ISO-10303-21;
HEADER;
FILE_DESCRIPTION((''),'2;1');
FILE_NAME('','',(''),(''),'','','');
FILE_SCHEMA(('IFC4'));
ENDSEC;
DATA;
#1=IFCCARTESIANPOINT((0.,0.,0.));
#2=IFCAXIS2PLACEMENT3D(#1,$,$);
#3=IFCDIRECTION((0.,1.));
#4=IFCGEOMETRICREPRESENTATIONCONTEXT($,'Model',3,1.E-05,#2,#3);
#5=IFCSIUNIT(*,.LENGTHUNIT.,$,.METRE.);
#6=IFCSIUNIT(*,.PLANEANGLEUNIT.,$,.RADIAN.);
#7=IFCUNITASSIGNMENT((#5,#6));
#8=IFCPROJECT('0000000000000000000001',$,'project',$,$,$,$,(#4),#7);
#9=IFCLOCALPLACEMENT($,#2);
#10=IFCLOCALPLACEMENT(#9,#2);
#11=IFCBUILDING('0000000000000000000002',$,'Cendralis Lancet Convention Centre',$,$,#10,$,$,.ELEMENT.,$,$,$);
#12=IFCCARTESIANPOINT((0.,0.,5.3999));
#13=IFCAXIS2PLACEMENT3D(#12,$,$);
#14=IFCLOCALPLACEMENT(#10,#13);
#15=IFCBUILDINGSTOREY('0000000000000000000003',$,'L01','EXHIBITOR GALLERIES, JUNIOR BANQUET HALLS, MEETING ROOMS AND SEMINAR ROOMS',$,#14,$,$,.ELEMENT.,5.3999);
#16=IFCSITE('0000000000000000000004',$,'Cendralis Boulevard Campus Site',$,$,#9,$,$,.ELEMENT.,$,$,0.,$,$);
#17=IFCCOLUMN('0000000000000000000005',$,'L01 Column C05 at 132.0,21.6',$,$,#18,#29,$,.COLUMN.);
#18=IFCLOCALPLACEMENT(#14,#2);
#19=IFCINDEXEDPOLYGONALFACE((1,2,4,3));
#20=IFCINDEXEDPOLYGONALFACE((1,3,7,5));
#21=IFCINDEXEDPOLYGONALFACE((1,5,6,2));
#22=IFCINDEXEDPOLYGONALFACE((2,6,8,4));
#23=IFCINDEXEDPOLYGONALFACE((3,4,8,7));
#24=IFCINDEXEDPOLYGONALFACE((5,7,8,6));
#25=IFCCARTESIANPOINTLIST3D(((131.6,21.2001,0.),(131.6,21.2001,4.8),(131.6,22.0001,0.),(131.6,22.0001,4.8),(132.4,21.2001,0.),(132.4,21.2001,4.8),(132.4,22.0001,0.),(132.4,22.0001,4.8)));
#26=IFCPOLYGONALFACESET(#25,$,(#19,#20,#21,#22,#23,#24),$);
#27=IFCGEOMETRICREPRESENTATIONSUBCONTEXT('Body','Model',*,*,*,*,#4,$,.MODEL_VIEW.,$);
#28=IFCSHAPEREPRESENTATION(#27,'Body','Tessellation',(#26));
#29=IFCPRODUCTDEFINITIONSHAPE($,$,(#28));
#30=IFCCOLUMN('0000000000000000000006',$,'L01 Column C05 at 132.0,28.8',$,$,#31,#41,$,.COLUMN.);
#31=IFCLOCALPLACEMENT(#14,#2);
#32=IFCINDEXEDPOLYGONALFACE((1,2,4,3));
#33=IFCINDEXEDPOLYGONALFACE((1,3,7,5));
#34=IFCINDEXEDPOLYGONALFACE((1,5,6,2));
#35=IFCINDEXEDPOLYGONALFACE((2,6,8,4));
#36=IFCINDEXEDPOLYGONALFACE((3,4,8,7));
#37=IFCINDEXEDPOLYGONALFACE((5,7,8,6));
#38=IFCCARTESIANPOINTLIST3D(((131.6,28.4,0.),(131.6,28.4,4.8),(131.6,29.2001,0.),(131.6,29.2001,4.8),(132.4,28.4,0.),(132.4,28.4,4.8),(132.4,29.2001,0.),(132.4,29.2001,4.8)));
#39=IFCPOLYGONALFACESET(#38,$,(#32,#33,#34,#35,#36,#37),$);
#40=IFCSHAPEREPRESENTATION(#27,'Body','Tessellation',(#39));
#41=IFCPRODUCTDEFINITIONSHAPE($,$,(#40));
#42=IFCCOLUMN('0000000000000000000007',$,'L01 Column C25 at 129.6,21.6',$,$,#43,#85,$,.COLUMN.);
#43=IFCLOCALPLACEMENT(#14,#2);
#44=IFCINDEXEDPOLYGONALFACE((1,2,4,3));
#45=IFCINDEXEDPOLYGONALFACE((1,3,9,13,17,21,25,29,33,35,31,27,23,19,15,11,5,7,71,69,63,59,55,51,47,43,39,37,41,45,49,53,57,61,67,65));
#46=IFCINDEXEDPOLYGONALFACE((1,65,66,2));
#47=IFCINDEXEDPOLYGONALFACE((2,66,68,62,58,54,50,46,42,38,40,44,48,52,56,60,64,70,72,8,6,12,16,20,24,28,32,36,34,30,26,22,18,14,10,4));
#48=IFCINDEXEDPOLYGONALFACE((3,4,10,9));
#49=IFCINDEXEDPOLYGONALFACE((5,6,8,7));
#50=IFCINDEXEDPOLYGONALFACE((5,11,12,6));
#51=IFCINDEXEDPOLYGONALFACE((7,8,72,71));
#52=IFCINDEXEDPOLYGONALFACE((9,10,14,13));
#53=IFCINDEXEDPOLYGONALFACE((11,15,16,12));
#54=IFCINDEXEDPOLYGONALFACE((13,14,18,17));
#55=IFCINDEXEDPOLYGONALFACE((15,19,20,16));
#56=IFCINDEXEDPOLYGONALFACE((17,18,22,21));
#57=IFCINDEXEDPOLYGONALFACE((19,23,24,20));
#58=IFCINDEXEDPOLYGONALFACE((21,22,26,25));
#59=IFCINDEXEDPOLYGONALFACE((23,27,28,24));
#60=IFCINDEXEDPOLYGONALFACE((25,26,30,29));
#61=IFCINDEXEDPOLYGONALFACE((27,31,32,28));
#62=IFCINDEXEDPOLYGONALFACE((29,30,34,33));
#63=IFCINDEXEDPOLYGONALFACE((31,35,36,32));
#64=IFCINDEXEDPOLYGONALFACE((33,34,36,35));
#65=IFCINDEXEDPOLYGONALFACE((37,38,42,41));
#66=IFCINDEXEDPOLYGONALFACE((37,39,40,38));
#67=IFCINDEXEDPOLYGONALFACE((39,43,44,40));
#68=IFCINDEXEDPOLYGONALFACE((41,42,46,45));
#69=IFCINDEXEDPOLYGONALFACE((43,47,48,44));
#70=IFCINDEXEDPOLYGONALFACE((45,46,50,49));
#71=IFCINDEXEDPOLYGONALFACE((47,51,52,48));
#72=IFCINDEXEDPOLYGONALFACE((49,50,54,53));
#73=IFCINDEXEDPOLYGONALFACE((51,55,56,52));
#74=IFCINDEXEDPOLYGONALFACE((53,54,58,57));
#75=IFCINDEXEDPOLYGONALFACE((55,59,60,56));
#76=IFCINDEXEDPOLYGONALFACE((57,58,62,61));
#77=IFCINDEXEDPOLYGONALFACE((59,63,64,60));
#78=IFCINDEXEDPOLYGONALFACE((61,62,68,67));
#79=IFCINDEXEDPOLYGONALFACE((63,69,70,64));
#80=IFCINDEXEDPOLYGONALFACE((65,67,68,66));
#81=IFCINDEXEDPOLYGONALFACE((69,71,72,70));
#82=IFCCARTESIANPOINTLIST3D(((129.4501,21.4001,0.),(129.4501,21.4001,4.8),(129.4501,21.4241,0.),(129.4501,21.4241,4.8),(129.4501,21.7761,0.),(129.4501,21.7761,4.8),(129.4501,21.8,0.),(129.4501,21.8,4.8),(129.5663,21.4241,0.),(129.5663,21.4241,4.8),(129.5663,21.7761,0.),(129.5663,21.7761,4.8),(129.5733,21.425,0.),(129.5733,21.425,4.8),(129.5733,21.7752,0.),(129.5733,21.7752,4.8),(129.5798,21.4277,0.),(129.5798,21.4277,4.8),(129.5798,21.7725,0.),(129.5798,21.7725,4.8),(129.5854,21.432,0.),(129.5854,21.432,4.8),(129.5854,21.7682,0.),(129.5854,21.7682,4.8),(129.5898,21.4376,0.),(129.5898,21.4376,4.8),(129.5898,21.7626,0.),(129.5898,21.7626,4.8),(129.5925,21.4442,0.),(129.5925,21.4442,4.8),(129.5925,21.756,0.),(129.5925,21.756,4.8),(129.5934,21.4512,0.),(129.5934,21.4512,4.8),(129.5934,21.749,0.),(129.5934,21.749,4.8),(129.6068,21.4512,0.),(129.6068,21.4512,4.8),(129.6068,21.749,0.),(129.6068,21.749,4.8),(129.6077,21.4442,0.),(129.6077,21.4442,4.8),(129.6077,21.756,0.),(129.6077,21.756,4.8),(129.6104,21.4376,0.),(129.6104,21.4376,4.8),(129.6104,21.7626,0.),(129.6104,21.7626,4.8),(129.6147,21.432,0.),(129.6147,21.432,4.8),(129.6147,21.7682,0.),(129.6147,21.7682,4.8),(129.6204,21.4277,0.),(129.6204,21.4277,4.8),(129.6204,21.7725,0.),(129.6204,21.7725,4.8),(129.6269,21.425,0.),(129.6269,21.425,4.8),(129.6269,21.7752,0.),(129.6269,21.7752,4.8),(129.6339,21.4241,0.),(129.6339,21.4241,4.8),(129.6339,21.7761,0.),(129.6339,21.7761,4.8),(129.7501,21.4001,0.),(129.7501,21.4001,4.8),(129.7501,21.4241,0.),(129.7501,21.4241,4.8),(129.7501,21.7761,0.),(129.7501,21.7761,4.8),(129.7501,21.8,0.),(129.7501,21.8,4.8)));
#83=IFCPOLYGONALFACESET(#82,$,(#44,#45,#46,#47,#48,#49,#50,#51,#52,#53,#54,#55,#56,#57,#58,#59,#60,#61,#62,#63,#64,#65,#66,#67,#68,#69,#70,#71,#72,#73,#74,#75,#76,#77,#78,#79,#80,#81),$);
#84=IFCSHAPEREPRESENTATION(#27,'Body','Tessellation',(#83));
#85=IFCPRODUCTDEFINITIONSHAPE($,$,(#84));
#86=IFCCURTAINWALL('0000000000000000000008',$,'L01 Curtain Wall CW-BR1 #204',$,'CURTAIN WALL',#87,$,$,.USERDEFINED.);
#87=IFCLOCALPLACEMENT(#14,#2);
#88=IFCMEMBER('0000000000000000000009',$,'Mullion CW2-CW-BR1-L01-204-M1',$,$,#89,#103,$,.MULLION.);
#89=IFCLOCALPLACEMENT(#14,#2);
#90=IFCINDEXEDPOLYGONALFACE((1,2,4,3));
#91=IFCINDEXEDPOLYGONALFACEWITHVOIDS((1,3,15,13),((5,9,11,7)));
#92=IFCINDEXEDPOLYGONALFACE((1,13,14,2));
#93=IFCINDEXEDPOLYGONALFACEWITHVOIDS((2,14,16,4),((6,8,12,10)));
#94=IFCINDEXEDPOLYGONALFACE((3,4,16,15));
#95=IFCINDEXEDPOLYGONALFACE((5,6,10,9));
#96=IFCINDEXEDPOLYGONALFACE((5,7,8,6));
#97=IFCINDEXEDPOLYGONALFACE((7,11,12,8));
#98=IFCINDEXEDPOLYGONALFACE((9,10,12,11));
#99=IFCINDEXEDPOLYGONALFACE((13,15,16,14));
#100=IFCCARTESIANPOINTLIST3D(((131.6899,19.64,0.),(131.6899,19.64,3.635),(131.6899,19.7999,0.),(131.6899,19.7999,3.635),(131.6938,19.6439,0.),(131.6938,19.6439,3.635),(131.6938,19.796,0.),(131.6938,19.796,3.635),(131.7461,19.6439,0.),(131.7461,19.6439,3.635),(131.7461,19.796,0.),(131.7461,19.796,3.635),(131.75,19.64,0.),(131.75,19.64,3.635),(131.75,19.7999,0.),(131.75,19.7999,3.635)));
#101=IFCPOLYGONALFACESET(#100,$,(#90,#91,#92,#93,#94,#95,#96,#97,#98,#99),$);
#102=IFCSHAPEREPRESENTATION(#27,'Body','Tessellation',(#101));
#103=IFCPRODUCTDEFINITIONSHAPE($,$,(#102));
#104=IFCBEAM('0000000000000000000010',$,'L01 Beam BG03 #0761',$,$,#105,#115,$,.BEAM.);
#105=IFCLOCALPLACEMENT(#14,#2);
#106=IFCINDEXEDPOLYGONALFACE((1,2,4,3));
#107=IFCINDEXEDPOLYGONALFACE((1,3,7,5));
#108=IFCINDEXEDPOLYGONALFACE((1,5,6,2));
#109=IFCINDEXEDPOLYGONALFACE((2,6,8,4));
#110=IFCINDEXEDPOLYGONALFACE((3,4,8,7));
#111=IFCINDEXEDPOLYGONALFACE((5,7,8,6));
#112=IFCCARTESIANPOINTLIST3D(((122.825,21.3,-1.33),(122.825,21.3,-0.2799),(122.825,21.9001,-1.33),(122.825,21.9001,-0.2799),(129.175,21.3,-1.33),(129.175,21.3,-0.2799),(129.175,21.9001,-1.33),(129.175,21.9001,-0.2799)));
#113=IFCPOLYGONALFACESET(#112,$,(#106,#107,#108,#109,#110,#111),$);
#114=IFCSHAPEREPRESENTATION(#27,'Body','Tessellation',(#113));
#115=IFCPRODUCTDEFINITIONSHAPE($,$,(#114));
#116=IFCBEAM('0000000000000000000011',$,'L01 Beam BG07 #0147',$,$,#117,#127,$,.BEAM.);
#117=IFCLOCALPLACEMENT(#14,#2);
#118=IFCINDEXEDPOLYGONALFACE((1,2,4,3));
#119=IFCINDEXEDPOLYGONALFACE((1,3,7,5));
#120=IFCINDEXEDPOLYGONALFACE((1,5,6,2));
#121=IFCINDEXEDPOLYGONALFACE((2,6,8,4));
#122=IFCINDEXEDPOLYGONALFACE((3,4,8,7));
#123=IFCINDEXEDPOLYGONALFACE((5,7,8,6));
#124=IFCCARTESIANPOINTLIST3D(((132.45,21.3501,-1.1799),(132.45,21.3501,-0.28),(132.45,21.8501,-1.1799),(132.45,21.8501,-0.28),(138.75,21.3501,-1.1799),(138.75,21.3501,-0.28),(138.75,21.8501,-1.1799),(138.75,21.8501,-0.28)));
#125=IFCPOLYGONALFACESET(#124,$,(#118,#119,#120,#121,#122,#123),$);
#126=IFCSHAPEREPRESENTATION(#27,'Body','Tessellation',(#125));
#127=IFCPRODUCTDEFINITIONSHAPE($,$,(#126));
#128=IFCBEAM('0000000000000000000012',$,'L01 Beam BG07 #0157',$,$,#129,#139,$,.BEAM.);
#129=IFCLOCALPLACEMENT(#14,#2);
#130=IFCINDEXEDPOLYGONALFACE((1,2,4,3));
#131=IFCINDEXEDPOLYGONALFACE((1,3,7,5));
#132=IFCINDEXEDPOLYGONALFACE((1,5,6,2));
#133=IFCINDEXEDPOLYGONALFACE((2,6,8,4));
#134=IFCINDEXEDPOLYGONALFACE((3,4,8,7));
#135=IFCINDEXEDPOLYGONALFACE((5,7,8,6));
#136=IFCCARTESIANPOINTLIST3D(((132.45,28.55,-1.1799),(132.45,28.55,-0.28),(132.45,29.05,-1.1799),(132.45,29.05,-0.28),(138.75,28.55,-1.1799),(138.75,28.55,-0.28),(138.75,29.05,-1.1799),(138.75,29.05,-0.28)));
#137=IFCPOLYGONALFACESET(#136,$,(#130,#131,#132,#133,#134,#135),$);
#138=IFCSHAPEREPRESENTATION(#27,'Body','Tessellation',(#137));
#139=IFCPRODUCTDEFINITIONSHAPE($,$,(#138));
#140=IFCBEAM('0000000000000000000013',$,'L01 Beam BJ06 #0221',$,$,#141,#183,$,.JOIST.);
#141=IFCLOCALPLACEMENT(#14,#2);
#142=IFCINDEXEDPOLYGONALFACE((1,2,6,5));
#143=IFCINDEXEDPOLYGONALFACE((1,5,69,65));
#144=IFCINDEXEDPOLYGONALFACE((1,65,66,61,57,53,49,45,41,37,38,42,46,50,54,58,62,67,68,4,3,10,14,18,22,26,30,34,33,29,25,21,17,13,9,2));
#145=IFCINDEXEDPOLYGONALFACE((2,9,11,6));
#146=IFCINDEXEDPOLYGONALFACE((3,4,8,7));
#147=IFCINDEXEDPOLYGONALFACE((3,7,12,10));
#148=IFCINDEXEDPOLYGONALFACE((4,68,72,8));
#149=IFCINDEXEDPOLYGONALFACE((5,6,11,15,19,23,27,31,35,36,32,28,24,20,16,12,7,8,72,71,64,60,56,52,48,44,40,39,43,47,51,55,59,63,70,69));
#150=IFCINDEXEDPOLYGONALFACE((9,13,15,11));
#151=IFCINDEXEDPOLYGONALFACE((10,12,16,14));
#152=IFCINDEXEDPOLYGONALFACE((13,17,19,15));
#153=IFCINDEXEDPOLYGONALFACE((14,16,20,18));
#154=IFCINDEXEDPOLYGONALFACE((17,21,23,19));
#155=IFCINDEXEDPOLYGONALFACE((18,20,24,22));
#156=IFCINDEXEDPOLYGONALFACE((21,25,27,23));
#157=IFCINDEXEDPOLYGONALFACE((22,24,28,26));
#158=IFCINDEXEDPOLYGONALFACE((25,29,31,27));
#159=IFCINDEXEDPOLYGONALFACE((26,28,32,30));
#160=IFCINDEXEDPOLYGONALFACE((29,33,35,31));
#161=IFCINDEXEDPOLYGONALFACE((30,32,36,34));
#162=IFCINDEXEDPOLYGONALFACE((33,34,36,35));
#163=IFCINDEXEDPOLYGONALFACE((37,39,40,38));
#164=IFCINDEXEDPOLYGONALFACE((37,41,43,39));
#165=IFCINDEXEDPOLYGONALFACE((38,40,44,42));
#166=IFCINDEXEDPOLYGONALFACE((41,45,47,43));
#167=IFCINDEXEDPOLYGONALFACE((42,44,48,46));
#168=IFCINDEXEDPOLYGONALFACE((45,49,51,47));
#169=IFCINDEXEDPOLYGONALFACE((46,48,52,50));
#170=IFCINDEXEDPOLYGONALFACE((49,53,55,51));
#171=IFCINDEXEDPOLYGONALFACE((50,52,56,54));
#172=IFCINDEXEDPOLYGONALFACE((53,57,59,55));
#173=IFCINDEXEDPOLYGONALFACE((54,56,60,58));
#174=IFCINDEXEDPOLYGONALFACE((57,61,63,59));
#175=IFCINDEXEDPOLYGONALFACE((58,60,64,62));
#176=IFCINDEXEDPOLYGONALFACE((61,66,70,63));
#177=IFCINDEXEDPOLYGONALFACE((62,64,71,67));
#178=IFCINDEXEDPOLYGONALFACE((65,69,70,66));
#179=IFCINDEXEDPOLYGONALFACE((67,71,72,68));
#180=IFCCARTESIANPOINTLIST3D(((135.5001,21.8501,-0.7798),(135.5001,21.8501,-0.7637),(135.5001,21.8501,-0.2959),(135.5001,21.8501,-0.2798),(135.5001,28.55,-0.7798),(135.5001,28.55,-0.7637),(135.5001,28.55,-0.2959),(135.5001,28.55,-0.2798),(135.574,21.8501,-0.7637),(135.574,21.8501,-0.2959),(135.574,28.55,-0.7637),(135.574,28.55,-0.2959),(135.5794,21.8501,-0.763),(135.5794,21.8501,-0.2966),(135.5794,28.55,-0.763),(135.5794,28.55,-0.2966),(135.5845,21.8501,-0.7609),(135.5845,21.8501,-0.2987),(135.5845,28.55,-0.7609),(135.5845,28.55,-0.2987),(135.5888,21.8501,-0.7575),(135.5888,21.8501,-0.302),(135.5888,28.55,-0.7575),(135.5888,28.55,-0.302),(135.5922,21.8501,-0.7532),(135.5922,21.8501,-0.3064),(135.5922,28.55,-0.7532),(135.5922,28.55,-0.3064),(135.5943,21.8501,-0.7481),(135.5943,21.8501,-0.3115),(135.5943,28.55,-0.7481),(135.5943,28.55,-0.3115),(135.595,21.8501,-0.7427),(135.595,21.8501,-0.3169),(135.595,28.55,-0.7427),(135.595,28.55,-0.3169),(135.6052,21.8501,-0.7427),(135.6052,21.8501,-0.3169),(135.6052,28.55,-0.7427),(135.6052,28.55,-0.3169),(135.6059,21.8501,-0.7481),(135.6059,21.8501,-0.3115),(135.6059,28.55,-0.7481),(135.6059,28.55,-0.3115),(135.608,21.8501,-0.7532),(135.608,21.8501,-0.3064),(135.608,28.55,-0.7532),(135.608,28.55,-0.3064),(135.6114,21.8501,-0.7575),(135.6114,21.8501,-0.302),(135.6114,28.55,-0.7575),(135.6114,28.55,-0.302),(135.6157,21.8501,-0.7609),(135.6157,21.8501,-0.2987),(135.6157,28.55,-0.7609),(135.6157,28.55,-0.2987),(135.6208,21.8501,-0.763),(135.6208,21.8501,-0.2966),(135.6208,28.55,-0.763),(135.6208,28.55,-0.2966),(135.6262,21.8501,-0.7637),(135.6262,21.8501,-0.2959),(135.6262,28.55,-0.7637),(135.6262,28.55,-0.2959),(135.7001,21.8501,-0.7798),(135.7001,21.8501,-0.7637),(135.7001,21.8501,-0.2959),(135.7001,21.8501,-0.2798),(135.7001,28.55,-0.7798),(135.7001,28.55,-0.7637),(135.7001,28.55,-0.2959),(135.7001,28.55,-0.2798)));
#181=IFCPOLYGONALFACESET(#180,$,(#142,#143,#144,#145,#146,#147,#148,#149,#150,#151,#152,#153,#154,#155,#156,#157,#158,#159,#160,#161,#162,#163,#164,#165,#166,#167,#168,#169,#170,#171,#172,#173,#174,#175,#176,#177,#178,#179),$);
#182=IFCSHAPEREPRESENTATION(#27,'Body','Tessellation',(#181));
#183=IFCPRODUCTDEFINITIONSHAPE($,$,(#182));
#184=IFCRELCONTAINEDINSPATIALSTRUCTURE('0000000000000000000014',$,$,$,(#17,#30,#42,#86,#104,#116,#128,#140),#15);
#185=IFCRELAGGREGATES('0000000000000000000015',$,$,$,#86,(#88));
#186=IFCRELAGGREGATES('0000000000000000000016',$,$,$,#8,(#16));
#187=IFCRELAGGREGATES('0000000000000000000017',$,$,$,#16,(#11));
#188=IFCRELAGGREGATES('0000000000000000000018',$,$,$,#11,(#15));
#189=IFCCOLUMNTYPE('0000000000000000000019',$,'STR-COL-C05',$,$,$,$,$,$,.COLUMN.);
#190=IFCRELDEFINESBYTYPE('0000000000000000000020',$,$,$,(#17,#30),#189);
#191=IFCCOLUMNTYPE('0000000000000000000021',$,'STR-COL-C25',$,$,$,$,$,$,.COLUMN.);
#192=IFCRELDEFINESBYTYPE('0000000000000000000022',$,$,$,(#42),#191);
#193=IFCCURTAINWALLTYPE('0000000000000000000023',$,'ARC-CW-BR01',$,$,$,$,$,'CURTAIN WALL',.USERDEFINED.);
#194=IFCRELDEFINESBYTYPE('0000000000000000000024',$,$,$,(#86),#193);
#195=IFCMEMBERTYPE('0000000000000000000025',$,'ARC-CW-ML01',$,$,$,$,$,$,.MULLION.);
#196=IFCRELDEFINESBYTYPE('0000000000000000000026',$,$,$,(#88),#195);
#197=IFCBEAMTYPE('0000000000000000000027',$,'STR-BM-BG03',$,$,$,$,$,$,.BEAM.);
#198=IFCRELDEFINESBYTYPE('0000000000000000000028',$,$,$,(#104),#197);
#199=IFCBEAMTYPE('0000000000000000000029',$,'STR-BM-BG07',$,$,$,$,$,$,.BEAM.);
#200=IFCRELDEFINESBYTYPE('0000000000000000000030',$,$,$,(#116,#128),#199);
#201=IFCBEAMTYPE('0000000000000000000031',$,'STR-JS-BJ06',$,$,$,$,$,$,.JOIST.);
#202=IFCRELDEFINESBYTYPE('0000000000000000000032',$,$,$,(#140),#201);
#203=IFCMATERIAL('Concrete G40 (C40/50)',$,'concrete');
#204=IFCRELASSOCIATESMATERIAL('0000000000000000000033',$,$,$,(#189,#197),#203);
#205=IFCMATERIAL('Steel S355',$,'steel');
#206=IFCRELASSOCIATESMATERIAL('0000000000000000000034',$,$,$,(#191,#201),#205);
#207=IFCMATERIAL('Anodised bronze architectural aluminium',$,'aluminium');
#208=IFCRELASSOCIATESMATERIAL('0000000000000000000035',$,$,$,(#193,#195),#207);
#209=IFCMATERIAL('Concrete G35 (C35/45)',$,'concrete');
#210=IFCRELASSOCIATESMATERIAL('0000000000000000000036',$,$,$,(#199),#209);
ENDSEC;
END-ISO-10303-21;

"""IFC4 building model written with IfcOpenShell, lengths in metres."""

from ifc_helpers import new_model, si_unit, direction, frame, origin, origin_2d, place, context, subcontext, project, spatial, rectangle, hollow_rectangle, i_section, extrude, material, material_profile, profile_set, type_object, element, aggregate, save


model = new_model("IFC4")

# Units and contexts
model_context = context("Model", 3, precision=1e-05, world=origin(), true_north=direction((0.0, 1.0)))
body_context = subcontext(model_context, "Body", "Model", "MODEL_VIEW")
ifc_project = project(units=[si_unit("LENGTHUNIT", "METRE"), si_unit("PLANEANGLEUNIT", "RADIAN")], contexts=[model_context])

# Site, building, storey
site_placement = place(None, origin())
site = spatial("IfcSite", under=ifc_project, at=site_placement, Name="Cendralis Boulevard Campus Site", CompositionType="ELEMENT", RefElevation=0.0)
building_placement = place(site_placement, origin())
building = spatial("IfcBuilding", under=site, at=building_placement, Name="Cendralis Lancet Convention Centre", CompositionType="ELEMENT")
storey_placement = place(building_placement, frame((0.0, 0.0, 5.3999)))
storey = spatial("IfcBuildingStorey", under=building, at=storey_placement, Name="L01", Description="EXHIBITOR GALLERIES, JUNIOR BANQUET HALLS, MEETING ROOMS AND SEMINAR ROOMS", CompositionType="ELEMENT", Elevation=5.3999)

# Columns
ifc_material_1 = material(Name="Concrete G40 (C40/50)", Category="concrete")
ifc_material_profile_1 = material_profile(ifc_material_1, rectangle(XDim=0.8, YDim=0.8, at=origin_2d()), Name="RC 800x800")
ifc_profile_set_1 = profile_set([ifc_material_profile_1], Name="Concrete G40 (C40/50)")
column_type_1 = type_object("IfcColumnType", Name="STR-COL-C05", PredefinedType="COLUMN", material=ifc_profile_set_1)
for number, where, z_axis, x_axis, name in (
    (1, (132.0, 21.6001, 0.0), (0.0, 0.0, 1.0), (1.0, 0.0, 0.0), "L01 Column C05 at 132.0,21.6"),
    (2, (132.0, 28.8, 0.0), (0.0, 0.0, 1.0), (1.0, 0.0, 0.0), "L01 Column C05 at 132.0,28.8"),
):
    element("IfcColumn", number, at=place(storey_placement, frame(where, z_axis=z_axis, x_axis=x_axis)), inside=storey, type_object=column_type_1, Name=name, PredefinedType="COLUMN", context=body_context, shape_type="SweptSolid", body=[
        extrude(rectangle(XDim=0.8, YDim=0.8, at=origin_2d()), origin(), (0.0, 0.0, 1.0), 4.8),
    ])
ifc_material_2 = material(Name="Steel S355", Category="steel")
ifc_material_profile_2 = material_profile(ifc_material_2, i_section(OverallWidth=0.3, OverallDepth=0.3999, WebThickness=0.0134, FlangeThickness=0.0239, FilletRadius=0.0271, at=origin_2d()), Name="HEB 400")
ifc_profile_set_2 = profile_set([ifc_material_profile_2], Name="Steel S355")
column_type_2 = type_object("IfcColumnType", Name="STR-COL-C25", PredefinedType="COLUMN", material=ifc_profile_set_2)
column_placement = place(storey_placement, frame((129.6001, 21.6001, 0.0), z_axis=(0.0, 0.0, 1.0), x_axis=(1.0, 0.0, 0.0)))
element("IfcColumn", 3, at=column_placement, inside=storey, type_object=column_type_2, Name="L01 Column C25 at 129.6,21.6", PredefinedType="COLUMN", context=body_context, shape_type="SweptSolid", body=[
    extrude(i_section(OverallWidth=0.3, OverallDepth=0.3999, WebThickness=0.0134, FlangeThickness=0.0239, FilletRadius=0.0271, at=origin_2d()), origin(), (0.0, 0.0, 1.0), 4.8),
])

# Curtain wall, member
ifc_material_3 = material(Name="Anodised bronze architectural aluminium", Category="aluminium")
curtain_wall_type = type_object("IfcCurtainWallType", Name="ARC-CW-BR01", ElementType="CURTAIN WALL", PredefinedType="USERDEFINED", material=ifc_material_3)
curtain_wall_placement = place(storey_placement, origin())
curtain_wall = element("IfcCurtainWall", 4, at=curtain_wall_placement, inside=storey, type_object=curtain_wall_type, Name="L01 Curtain Wall CW-BR1 #204", ObjectType="CURTAIN WALL", PredefinedType="USERDEFINED")
ifc_material_profile_3 = material_profile(ifc_material_3, hollow_rectangle(XDim=0.0601, YDim=0.1599, WallThickness=0.0039, at=origin_2d()), Name="AL-MULL 60x160x4.0")
ifc_profile_set_3 = profile_set([ifc_material_profile_3], Name="Anodised bronze architectural aluminium")
member_type = type_object("IfcMemberType", Name="ARC-CW-ML01", PredefinedType="MULLION", material=ifc_profile_set_3)
member_placement = place(storey_placement, frame((131.72, 19.72, 0.0), z_axis=(0.0, 0.0, 1.0), x_axis=(1.0, 0.0, 0.0)))
member = element("IfcMember", 5, at=member_placement, type_object=member_type, Name="Mullion CW2-CW-BR1-L01-204-M1", PredefinedType="MULLION", context=body_context, shape_type="SweptSolid", body=[
    extrude(hollow_rectangle(XDim=0.0601, YDim=0.1599, WallThickness=0.0039, at=origin_2d()), origin(), (0.0, 0.0, 1.0), 3.635),
])
aggregate(curtain_wall, [member])

# Beams
ifc_material_profile_4 = material_profile(ifc_material_1, rectangle(XDim=0.6001, YDim=1.05, at=origin_2d()), Name="RCB 600x1050")
ifc_profile_set_4 = profile_set([ifc_material_profile_4], Name="Concrete G40 (C40/50)")
beam_type_1 = type_object("IfcBeamType", Name="STR-BM-BG03", PredefinedType="BEAM", material=ifc_profile_set_4)
beam_1_placement = place(storey_placement, frame((122.825, 21.6001, -0.8049), z_axis=(1.0, 0.0, 0.0), x_axis=(0.0, 1.0, 0.0)))
element("IfcBeam", 6, at=beam_1_placement, inside=storey, type_object=beam_type_1, Name="L01 Beam BG03 #0761", PredefinedType="BEAM", context=body_context, shape_type="SweptSolid", body=[
    extrude(rectangle(XDim=0.6001, YDim=1.05, at=origin_2d()), origin(), (0.0, 0.0, 1.0), 6.3501),
])
ifc_material_4 = material(Name="Concrete G35 (C35/45)", Category="concrete")
ifc_material_profile_5 = material_profile(ifc_material_4, rectangle(XDim=0.5, YDim=0.8999, at=origin_2d()), Name="RCB 500x900")
ifc_profile_set_5 = profile_set([ifc_material_profile_5], Name="Concrete G35 (C35/45)")
beam_type_2 = type_object("IfcBeamType", Name="STR-BM-BG07", PredefinedType="BEAM", material=ifc_profile_set_5)
for number, where, z_axis, x_axis, name in (
    (7, (132.45, 21.6001, -0.73), (1.0, 0.0, 0.0), (0.0, 1.0, 0.0), "L01 Beam BG07 #0147"),
    (8, (132.45, 28.8, -0.73), (1.0, 0.0, 0.0), (0.0, 1.0, 0.0), "L01 Beam BG07 #0157"),
):
    element("IfcBeam", number, at=place(storey_placement, frame(where, z_axis=z_axis, x_axis=x_axis)), inside=storey, type_object=beam_type_2, Name=name, PredefinedType="BEAM", context=body_context, shape_type="SweptSolid", body=[
        extrude(rectangle(XDim=0.5, YDim=0.8999, at=origin_2d()), origin(), (0.0, 0.0, 1.0), 6.3),
    ])
ifc_material_profile_6 = material_profile(ifc_material_2, i_section(OverallWidth=0.2, OverallDepth=0.5, WebThickness=0.0103, FlangeThickness=0.0161, FilletRadius=0.021, at=origin_2d()), Name="IPE 500")
ifc_profile_set_6 = profile_set([ifc_material_profile_6], Name="Steel S355")
beam_type_3 = type_object("IfcBeamType", Name="STR-JS-BJ06", PredefinedType="JOIST", material=ifc_profile_set_6)
beam_2_placement = place(storey_placement, frame((135.6001, 21.8501, -0.5298), z_axis=(0.0, 1.0, 0.0), x_axis=(-1.0, 0.0, 0.0)))
element("IfcBeam", 9, at=beam_2_placement, inside=storey, type_object=beam_type_3, Name="L01 Beam BJ06 #0221", PredefinedType="JOIST", context=body_context, shape_type="SweptSolid", body=[
    extrude(i_section(OverallWidth=0.2, OverallDepth=0.5, WebThickness=0.0103, FlangeThickness=0.0161, FilletRadius=0.021, at=origin_2d()), origin(), (0.0, 0.0, 1.0), 6.7),
])

save(model, "model.ifc")
